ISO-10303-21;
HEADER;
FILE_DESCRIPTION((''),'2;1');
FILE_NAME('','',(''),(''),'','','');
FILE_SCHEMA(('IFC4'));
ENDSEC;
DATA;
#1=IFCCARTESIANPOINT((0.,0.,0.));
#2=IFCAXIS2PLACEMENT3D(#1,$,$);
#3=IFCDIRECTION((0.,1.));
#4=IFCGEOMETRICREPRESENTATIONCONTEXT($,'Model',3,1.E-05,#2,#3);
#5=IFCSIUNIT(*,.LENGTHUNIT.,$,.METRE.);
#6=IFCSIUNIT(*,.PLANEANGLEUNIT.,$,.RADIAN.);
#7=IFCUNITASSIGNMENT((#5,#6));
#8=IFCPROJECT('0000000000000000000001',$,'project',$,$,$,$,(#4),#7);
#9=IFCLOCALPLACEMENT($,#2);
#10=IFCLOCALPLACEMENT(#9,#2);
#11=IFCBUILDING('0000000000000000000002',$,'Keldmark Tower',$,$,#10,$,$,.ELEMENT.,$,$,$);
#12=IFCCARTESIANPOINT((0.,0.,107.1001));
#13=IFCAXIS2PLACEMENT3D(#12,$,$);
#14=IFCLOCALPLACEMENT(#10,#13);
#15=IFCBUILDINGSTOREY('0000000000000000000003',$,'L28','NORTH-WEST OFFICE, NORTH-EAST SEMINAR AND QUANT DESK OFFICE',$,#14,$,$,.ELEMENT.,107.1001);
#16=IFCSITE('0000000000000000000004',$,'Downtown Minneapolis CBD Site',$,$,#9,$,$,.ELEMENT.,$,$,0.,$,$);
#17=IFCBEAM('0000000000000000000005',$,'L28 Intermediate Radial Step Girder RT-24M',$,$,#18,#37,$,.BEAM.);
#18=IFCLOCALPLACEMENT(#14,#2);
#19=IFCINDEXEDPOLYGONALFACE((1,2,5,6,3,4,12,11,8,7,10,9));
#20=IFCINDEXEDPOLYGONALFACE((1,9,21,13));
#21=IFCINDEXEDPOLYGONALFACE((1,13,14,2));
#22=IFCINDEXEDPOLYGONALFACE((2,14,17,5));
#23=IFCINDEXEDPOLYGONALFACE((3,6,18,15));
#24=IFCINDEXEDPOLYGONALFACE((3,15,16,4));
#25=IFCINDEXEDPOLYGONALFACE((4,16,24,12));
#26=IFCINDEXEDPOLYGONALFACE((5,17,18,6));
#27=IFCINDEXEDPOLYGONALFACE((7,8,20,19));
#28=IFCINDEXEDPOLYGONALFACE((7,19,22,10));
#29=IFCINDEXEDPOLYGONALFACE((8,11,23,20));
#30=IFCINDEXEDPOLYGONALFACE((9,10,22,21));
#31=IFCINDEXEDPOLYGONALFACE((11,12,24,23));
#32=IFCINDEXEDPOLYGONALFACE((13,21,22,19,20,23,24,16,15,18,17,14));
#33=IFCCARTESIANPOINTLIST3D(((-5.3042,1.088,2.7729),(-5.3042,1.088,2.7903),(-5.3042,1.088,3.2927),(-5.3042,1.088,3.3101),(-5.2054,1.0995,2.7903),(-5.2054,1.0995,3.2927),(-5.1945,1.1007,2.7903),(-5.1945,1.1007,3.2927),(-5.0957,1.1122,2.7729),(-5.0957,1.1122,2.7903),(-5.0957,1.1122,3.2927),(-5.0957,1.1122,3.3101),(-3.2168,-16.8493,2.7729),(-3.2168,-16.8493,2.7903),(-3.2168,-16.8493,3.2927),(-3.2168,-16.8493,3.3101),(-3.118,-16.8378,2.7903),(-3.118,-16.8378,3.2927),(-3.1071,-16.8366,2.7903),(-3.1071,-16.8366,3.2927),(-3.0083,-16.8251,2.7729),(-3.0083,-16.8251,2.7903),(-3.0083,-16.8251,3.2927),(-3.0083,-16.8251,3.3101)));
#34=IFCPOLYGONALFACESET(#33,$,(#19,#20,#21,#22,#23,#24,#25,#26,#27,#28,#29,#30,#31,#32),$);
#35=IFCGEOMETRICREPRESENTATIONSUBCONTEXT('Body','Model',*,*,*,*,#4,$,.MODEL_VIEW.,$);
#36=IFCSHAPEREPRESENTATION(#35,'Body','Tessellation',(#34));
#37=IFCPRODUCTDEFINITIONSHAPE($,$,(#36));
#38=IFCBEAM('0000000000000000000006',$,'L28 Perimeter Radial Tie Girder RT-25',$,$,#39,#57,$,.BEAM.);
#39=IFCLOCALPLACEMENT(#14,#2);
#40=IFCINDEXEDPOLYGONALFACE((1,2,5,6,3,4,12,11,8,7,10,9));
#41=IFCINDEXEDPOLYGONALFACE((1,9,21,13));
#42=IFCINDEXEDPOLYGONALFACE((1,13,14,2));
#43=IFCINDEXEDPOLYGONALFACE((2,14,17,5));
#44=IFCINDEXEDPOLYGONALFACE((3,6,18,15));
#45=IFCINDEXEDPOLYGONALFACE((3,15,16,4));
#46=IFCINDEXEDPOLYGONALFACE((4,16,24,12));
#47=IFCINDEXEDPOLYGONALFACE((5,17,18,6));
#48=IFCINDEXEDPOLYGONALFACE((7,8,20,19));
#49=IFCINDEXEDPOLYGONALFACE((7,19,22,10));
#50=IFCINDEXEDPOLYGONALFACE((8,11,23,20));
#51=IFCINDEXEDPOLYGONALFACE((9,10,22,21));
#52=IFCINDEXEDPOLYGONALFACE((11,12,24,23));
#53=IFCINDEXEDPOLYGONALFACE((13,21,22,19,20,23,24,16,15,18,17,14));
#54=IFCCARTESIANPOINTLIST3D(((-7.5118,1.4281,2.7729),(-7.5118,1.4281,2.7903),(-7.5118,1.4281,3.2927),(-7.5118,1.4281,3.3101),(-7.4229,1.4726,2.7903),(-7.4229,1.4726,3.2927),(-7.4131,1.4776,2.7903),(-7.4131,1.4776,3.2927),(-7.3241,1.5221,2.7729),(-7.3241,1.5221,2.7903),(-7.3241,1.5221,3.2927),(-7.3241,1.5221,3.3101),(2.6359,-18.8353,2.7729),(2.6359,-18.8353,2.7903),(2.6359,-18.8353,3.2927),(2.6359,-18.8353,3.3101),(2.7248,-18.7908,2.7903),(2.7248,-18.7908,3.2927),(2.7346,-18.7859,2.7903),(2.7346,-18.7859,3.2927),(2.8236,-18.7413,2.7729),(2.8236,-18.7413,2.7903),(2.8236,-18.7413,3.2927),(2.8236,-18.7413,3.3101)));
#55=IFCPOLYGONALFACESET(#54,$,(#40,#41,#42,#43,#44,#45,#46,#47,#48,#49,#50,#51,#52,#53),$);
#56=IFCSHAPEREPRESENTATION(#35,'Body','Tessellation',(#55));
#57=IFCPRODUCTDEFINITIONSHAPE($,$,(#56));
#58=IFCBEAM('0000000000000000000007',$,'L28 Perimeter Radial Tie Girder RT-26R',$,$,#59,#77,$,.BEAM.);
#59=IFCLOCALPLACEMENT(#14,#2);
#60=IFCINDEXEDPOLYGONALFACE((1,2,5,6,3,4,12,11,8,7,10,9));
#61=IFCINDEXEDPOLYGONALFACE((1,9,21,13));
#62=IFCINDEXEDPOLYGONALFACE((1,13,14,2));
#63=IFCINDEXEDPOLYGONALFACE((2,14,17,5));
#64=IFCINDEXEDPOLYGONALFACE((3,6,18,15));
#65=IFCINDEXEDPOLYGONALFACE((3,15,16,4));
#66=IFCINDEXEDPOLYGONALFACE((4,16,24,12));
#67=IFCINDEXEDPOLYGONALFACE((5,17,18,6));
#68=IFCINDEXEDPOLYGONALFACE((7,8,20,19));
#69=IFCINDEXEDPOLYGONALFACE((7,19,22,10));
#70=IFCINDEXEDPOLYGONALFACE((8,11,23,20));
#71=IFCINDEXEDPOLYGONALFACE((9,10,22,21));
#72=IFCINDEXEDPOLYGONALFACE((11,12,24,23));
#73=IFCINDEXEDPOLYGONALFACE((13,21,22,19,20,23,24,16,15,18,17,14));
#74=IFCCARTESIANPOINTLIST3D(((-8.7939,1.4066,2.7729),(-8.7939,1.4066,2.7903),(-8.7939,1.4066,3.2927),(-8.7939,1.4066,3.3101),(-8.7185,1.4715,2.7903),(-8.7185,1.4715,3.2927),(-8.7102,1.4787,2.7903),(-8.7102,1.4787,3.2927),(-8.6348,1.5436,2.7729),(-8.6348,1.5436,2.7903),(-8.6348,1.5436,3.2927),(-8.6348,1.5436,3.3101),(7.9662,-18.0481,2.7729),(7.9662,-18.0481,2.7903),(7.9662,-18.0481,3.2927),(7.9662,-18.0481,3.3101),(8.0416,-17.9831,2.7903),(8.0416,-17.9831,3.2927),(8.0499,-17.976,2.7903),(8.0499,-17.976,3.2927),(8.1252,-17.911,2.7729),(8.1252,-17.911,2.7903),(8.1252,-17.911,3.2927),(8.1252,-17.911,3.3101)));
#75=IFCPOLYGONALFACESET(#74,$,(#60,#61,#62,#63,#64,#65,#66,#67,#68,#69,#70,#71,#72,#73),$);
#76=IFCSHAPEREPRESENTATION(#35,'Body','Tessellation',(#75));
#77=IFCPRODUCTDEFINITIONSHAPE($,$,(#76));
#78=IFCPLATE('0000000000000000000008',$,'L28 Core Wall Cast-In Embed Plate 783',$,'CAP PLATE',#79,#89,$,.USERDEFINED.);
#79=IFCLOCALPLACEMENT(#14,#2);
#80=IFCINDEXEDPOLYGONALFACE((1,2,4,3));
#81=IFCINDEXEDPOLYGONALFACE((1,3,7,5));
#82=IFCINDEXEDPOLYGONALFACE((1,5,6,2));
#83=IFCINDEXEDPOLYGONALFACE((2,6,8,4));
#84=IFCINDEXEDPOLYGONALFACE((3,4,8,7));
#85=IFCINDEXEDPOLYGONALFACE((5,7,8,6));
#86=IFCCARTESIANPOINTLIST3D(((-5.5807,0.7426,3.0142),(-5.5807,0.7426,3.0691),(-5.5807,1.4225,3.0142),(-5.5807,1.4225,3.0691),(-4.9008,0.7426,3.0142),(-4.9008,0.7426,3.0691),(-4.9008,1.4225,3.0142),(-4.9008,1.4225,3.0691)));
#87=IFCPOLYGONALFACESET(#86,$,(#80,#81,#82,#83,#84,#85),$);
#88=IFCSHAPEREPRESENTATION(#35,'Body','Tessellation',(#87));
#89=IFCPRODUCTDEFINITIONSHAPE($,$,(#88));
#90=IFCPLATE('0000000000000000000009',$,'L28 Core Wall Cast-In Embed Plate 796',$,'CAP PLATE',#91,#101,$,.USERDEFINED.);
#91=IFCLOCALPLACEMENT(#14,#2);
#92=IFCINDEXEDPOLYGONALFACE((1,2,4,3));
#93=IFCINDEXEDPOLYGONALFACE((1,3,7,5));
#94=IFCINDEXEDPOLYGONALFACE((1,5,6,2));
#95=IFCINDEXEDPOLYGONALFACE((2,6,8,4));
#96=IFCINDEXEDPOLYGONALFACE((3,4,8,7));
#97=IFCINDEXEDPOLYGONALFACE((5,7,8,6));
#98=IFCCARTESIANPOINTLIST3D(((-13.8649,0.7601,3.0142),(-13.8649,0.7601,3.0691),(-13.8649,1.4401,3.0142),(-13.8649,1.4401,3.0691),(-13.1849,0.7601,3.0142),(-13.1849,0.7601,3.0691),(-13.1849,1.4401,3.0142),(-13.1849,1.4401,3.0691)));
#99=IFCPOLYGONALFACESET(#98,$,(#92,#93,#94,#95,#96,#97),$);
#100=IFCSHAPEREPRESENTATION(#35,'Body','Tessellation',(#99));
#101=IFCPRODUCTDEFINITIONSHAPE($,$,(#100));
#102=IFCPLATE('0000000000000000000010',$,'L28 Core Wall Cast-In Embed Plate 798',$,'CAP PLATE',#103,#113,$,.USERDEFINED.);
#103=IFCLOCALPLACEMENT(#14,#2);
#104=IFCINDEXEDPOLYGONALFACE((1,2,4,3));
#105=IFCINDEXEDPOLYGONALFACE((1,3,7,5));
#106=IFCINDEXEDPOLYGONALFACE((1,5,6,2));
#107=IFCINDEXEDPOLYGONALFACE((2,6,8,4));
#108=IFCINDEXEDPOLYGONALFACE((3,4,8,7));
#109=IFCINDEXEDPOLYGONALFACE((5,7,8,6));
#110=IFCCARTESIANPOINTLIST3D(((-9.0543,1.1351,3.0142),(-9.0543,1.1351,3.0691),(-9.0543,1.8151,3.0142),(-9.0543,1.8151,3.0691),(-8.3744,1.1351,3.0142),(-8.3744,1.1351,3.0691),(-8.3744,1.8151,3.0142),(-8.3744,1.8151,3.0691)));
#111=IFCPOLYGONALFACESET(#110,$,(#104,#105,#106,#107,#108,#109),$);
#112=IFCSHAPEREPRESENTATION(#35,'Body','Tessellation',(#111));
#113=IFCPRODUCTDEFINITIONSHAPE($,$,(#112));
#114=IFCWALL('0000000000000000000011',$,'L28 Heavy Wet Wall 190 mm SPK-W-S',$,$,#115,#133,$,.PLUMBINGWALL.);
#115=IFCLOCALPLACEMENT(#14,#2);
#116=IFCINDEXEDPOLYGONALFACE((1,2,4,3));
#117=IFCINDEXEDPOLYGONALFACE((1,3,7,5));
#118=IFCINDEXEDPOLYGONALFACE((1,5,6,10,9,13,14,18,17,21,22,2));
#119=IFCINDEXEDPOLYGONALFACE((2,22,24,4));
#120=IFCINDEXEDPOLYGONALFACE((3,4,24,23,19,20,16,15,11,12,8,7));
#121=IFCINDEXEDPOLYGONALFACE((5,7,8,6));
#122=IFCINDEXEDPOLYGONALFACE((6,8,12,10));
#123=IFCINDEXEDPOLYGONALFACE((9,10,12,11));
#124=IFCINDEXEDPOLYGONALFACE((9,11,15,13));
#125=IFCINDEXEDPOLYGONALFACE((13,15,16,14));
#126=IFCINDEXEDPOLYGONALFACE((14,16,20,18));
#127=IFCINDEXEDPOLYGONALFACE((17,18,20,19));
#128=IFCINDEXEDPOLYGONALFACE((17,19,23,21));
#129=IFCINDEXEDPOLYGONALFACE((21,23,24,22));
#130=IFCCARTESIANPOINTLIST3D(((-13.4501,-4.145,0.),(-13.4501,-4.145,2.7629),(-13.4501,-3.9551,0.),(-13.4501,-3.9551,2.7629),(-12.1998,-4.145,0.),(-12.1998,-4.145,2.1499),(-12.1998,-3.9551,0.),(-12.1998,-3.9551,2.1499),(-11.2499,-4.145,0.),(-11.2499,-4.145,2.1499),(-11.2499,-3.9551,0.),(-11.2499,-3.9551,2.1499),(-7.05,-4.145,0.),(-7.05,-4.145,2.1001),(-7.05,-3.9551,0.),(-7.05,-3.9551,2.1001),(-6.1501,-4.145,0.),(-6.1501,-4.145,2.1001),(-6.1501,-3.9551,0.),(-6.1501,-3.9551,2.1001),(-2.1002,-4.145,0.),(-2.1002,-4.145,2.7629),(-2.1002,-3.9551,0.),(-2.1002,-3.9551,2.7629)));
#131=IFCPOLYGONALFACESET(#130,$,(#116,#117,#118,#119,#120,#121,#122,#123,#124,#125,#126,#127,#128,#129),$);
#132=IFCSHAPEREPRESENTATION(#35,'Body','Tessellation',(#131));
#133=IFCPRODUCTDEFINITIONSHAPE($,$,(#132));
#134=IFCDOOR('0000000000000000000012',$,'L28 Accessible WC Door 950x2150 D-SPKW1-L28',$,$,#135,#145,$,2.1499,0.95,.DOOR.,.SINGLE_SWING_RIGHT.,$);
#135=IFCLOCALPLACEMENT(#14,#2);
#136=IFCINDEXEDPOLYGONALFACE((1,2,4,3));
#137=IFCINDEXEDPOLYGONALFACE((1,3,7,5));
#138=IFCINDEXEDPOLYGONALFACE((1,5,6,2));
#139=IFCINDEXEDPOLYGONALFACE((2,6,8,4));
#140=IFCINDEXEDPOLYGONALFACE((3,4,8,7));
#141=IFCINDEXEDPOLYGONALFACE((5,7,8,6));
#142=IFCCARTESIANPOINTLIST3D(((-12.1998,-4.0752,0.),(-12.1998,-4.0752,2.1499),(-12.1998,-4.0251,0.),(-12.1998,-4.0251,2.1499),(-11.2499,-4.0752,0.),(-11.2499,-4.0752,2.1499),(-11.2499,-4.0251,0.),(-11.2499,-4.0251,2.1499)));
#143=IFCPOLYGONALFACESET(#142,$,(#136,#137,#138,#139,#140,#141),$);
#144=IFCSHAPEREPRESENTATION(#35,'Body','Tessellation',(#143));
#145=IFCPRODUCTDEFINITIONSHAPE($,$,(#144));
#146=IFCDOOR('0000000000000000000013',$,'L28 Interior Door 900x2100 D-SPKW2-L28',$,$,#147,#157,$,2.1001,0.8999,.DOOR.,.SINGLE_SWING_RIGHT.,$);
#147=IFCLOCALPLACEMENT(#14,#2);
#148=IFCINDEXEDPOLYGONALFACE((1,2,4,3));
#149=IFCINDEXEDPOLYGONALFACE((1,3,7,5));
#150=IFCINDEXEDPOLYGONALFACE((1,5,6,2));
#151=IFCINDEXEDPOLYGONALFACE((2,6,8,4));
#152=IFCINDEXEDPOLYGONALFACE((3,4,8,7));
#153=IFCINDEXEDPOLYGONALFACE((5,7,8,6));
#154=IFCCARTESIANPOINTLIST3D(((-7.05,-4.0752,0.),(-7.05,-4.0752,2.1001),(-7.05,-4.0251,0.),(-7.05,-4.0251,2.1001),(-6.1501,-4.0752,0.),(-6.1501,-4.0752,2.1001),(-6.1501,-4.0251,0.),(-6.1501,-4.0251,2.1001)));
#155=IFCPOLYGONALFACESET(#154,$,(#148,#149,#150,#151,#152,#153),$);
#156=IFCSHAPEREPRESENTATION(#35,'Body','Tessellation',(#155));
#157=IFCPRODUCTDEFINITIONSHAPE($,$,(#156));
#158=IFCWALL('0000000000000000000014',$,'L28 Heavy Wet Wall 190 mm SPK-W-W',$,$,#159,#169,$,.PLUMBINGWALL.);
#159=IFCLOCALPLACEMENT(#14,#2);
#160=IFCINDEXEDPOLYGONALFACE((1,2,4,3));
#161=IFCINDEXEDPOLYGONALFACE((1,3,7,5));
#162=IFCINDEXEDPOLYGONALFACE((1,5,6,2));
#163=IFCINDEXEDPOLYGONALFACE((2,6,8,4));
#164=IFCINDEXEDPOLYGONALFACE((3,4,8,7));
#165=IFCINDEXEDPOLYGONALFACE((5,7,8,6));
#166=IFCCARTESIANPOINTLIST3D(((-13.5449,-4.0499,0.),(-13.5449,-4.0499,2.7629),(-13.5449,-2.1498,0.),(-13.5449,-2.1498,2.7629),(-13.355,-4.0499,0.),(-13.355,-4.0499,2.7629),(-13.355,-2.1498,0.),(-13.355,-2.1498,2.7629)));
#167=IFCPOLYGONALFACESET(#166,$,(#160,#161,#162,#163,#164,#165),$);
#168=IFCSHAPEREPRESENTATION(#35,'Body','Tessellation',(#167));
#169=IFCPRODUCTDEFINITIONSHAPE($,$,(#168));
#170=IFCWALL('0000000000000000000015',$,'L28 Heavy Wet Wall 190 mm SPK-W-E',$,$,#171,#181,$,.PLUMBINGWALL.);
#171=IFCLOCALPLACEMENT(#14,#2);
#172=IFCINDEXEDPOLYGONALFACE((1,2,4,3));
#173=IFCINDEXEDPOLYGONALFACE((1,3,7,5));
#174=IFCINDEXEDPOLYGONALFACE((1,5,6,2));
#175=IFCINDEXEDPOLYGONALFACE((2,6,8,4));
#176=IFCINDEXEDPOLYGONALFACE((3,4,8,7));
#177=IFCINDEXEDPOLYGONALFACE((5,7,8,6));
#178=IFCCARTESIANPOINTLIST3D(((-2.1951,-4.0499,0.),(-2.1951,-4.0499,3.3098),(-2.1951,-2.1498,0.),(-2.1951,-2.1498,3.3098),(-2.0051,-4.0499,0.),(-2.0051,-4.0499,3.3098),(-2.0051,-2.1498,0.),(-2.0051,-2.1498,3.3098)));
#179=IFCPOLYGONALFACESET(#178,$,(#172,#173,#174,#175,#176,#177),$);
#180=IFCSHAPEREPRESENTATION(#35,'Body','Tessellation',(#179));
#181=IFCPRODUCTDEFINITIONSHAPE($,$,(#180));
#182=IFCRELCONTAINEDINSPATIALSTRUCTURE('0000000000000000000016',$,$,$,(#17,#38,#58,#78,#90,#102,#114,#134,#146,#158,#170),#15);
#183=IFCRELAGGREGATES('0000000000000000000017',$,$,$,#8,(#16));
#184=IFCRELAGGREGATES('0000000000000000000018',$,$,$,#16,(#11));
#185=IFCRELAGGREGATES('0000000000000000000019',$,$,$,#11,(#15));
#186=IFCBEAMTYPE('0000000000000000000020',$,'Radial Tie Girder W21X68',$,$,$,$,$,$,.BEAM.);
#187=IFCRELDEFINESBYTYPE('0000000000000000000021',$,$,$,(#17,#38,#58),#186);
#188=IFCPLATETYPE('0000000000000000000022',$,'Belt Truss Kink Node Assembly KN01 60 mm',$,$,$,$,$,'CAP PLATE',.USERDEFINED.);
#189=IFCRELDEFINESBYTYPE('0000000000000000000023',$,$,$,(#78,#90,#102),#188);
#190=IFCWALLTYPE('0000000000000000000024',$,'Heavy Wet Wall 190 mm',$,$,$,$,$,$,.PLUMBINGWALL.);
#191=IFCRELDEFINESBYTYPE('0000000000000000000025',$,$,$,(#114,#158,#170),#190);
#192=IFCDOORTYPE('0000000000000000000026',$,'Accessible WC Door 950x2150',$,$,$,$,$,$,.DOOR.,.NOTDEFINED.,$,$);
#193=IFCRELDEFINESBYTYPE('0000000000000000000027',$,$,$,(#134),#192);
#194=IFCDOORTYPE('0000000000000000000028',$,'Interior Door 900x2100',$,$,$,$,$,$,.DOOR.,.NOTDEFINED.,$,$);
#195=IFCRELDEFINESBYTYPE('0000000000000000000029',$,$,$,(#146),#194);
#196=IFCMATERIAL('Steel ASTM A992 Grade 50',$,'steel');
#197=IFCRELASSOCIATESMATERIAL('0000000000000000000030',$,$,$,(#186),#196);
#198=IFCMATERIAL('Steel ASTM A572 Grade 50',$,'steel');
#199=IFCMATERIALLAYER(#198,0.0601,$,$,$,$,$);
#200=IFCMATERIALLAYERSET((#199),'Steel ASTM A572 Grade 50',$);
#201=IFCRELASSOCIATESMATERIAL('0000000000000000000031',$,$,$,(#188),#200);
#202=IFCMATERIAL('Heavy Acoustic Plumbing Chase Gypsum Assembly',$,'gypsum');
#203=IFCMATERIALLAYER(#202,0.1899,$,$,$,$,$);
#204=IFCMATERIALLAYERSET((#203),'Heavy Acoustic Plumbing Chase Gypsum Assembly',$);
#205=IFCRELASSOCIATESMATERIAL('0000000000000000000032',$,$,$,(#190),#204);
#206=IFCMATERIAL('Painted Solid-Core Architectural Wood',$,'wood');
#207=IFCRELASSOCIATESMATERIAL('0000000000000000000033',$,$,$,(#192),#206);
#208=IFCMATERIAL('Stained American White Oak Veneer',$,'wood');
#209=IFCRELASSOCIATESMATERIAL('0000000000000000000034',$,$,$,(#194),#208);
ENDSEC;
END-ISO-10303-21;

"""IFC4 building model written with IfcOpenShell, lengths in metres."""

from ifc_helpers import new_model, si_unit, direction, frame, frame_2d, origin, origin_2d, place, context, subcontext, project, spatial, rectangle, i_section, extrude, material, layer, layer_set, material_profile, profile_set, type_object, element, fill, save


model = new_model("IFC4")

# Units and contexts
model_context = context("Model", 3, precision=1e-05, world=origin(), true_north=direction((0.0, 1.0)))
body_context = subcontext(model_context, "Body", "Model", "MODEL_VIEW")
ifc_project = project(units=[si_unit("LENGTHUNIT", "METRE"), si_unit("PLANEANGLEUNIT", "RADIAN")], contexts=[model_context])

# Site, building, storey
site_placement = place(None, origin())
site = spatial("IfcSite", under=ifc_project, at=site_placement, Name="Downtown Minneapolis CBD Site", CompositionType="ELEMENT", RefElevation=0.0)
building_placement = place(site_placement, origin())
building = spatial("IfcBuilding", under=site, at=building_placement, Name="Keldmark Tower", CompositionType="ELEMENT")
storey_placement = place(building_placement, frame((0.0, 0.0, 107.1001)))
storey = spatial("IfcBuildingStorey", under=building, at=storey_placement, Name="L28", Description="NORTH-WEST OFFICE, NORTH-EAST SEMINAR AND QUANT DESK OFFICE", CompositionType="ELEMENT", Elevation=107.1001)

# Beams
ifc_material_1 = material(Name="Steel ASTM A992 Grade 50", Category="steel")
ifc_material_profile_1 = material_profile(ifc_material_1, i_section(OverallWidth=0.21, OverallDepth=0.5371, WebThickness=0.011, FlangeThickness=0.0173, at=origin_2d()), Name="W21X68")
ifc_profile_set_1 = profile_set([ifc_material_profile_1], Name="Steel ASTM A992 Grade 50")
beam_type_1 = type_object("IfcBeamType", Name="Radial Tie Girder W21X68", PredefinedType="BEAM", material=ifc_profile_set_1)
beam_1_placement = place(storey_placement, frame((-5.2, 1.1001, 3.0415), z_axis=(0.115592, -0.993297, 0.0), x_axis=(0.993297, 0.115592, 0.0)))
element("IfcBeam", 1, at=beam_1_placement, inside=storey, type_object=beam_type_1, Name="L28 Intermediate Radial Step Girder RT-24M", PredefinedType="BEAM", context=body_context, shape_type="SweptSolid", body=[
    extrude(i_section(OverallWidth=0.21, OverallDepth=0.5371, WebThickness=0.011, FlangeThickness=0.0173, at=origin_2d()), origin(), (0.0, 0.0, 1.0), 18.0583),
])
beam_2_placement = place(storey_placement, frame((-7.418, 1.4751, 3.0415), z_axis=(0.447778, -0.894145, 0.0), x_axis=(0.894145, 0.447778, 0.0)))
element("IfcBeam", 2, at=beam_2_placement, inside=storey, type_object=beam_type_1, Name="L28 Perimeter Radial Tie Girder RT-25", PredefinedType="BEAM", context=body_context, shape_type="SweptSolid", body=[
    extrude(i_section(OverallWidth=0.21, OverallDepth=0.5371, WebThickness=0.011, FlangeThickness=0.0173, at=origin_2d()), origin(), (0.0, 0.0, 1.0), 22.6624),
])
beam_3_placement = place(storey_placement, frame((-8.7144, 1.4751, 3.0415), z_axis=(0.65269, -0.757625, 0.0), x_axis=(0.757625, 0.65269, 0.0)))
element("IfcBeam", 3, at=beam_3_placement, inside=storey, type_object=beam_type_1, Name="L28 Perimeter Radial Tie Girder RT-26R", PredefinedType="BEAM", context=body_context, shape_type="SweptSolid", body=[
    extrude(i_section(OverallWidth=0.21, OverallDepth=0.5371, WebThickness=0.011, FlangeThickness=0.0173, at=origin_2d()), origin(), (0.0, 0.0, 1.0), 25.6785),
])

# Plates
ifc_material_2 = material(Name="Steel ASTM A572 Grade 50", Category="steel")
ifc_layer_1 = layer(ifc_material_2, 0.0601)
ifc_layer_set_1 = layer_set([ifc_layer_1], Name="Steel ASTM A572 Grade 50")
plate_type = type_object("IfcPlateType", Name="Belt Truss Kink Node Assembly KN01 60 mm", ElementType="CAP PLATE", PredefinedType="USERDEFINED", material=ifc_layer_set_1)
for number, where, z_axis, x_axis, name in (
    (4, (-5.2407, 1.0825, 3.0142), (0.0, 0.0, 1.0), (1.0, 0.0, 0.0), "L28 Core Wall Cast-In Embed Plate 783"),
    (5, (-13.5249, 1.1001, 3.0142), (0.0, 0.0, 1.0), (1.0, 0.0, 0.0), "L28 Core Wall Cast-In Embed Plate 796"),
    (6, (-8.7144, 1.4751, 3.0142), (0.0, 0.0, 1.0), (1.0, 0.0, 0.0), "L28 Core Wall Cast-In Embed Plate 798"),
):
    element("IfcPlate", number, at=place(storey_placement, frame(where, z_axis=z_axis, x_axis=x_axis)), inside=storey, type_object=plate_type, Name=name, ObjectType="CAP PLATE", PredefinedType="USERDEFINED", context=body_context, shape_type="SweptSolid", body=[
        extrude(rectangle(XDim=0.6799, YDim=0.6799, at=origin_2d()), origin(), (0.0, 0.0, 1.0), 0.0549),
    ])

# Wall, openings, doors
ifc_material_3 = material(Name="Heavy Acoustic Plumbing Chase Gypsum Assembly", Category="gypsum")
ifc_layer_2 = layer(ifc_material_3, 0.1899)
ifc_layer_set_2 = layer_set([ifc_layer_2], Name="Heavy Acoustic Plumbing Chase Gypsum Assembly")
wall_type_1 = type_object("IfcWallType", Name="Heavy Wet Wall 190 mm", PredefinedType="PLUMBINGWALL", material=ifc_layer_set_2)
wall_1_placement = place(storey_placement, frame((-13.45, -4.05, 0.0), z_axis=(0.0, 0.0, 1.0), x_axis=(1.0, 0.0, 0.0)))
wall_1 = element("IfcWall", 7, at=wall_1_placement, inside=storey, type_object=wall_type_1, Name="L28 Heavy Wet Wall 190 mm SPK-W-S", PredefinedType="PLUMBINGWALL", context=body_context, shape_type="SweptSolid", body=[
    extrude(rectangle(XDim=11.3499, YDim=0.1899, at=frame_2d((5.6748, 0.0))), origin(), (0.0, 0.0, 1.0), 2.7629),
])
opening_1_placement = place(wall_1_placement, frame((1.25, 0.0, 0.0)))
opening_1 = element("IfcOpeningElement", 8, at=opening_1_placement, cuts=wall_1, PredefinedType="OPENING", context=body_context, shape_type="SweptSolid", body=[
    extrude(rectangle(XDim=0.95, YDim=2.1499, at=frame_2d((0.4751, 1.075))), frame((0.0, 0.105, 0.0), z_axis=(0.0, -1.0, 0.0), x_axis=(1.0, 0.0, 0.0)), (0.0, 0.0, 1.0), 0.21),
])
opening_2_placement = place(wall_1_placement, frame((6.3999, 0.0, 0.0)))
opening_2 = element("IfcOpeningElement", 9, at=opening_2_placement, cuts=wall_1, PredefinedType="OPENING", context=body_context, shape_type="SweptSolid", body=[
    extrude(rectangle(XDim=0.8999, YDim=2.1001, at=frame_2d((0.45, 1.05))), frame((0.0, 0.105, 0.0), z_axis=(0.0, -1.0, 0.0), x_axis=(1.0, 0.0, 0.0)), (0.0, 0.0, 1.0), 0.21),
])
ifc_material_4 = material(Name="Painted Solid-Core Architectural Wood", Category="wood")
door_type_1 = type_object("IfcDoorType", Name="Accessible WC Door 950x2150", OperationType="NOTDEFINED", PredefinedType="DOOR", material=ifc_material_4)
door_1_placement = place(opening_1_placement, origin())
door_1 = element("IfcDoor", 10, at=door_1_placement, inside=storey, type_object=door_type_1, Name="L28 Accessible WC Door 950x2150 D-SPKW1-L28", OperationType="SINGLE_SWING_RIGHT", OverallHeight=2.1499, OverallWidth=0.95, PredefinedType="DOOR", context=body_context, shape_type="SweptSolid", body=[
    extrude(rectangle(XDim=0.95, YDim=2.1499, at=frame_2d((0.4751, 1.075))), frame((0.0, 0.0249, 0.0), z_axis=(0.0, -1.0, 0.0), x_axis=(1.0, 0.0, 0.0)), (0.0, 0.0, 1.0), 0.05),
])
fill(opening_1, door_1)
ifc_material_5 = material(Name="Stained American White Oak Veneer", Category="wood")
door_type_2 = type_object("IfcDoorType", Name="Interior Door 900x2100", OperationType="NOTDEFINED", PredefinedType="DOOR", material=ifc_material_5)
door_2_placement = place(opening_2_placement, origin())
door_2 = element("IfcDoor", 11, at=door_2_placement, inside=storey, type_object=door_type_2, Name="L28 Interior Door 900x2100 D-SPKW2-L28", OperationType="SINGLE_SWING_RIGHT", OverallHeight=2.1001, OverallWidth=0.8999, PredefinedType="DOOR", context=body_context, shape_type="SweptSolid", body=[
    extrude(rectangle(XDim=0.8999, YDim=2.1001, at=frame_2d((0.45, 1.05))), frame((0.0, 0.0249, 0.0), z_axis=(0.0, -1.0, 0.0), x_axis=(1.0, 0.0, 0.0)), (0.0, 0.0, 1.0), 0.05),
])
fill(opening_2, door_2)

# Walls
wall_2_placement = place(storey_placement, frame((-13.45, -4.05, 0.0), z_axis=(0.0, 0.0, 1.0), x_axis=(0.0, 1.0, 0.0)))
element("IfcWall", 12, at=wall_2_placement, inside=storey, type_object=wall_type_1, Name="L28 Heavy Wet Wall 190 mm SPK-W-W", PredefinedType="PLUMBINGWALL", context=body_context, shape_type="SweptSolid", body=[
    extrude(rectangle(XDim=1.9001, YDim=0.1899, at=frame_2d((0.9502, 0.0))), origin(), (0.0, 0.0, 1.0), 2.7629),
])
wall_3_placement = place(storey_placement, frame((-2.1001, -4.05, 0.0), z_axis=(0.0, 0.0, 1.0), x_axis=(0.0, 1.0, 0.0)))
element("IfcWall", 13, at=wall_3_placement, inside=storey, type_object=wall_type_1, Name="L28 Heavy Wet Wall 190 mm SPK-W-E", PredefinedType="PLUMBINGWALL", context=body_context, shape_type="SweptSolid", body=[
    extrude(rectangle(XDim=1.9001, YDim=0.1899, at=frame_2d((0.9502, 0.0))), origin(), (0.0, 0.0, 1.0), 3.3098),
])

save(model, "model.ifc")
